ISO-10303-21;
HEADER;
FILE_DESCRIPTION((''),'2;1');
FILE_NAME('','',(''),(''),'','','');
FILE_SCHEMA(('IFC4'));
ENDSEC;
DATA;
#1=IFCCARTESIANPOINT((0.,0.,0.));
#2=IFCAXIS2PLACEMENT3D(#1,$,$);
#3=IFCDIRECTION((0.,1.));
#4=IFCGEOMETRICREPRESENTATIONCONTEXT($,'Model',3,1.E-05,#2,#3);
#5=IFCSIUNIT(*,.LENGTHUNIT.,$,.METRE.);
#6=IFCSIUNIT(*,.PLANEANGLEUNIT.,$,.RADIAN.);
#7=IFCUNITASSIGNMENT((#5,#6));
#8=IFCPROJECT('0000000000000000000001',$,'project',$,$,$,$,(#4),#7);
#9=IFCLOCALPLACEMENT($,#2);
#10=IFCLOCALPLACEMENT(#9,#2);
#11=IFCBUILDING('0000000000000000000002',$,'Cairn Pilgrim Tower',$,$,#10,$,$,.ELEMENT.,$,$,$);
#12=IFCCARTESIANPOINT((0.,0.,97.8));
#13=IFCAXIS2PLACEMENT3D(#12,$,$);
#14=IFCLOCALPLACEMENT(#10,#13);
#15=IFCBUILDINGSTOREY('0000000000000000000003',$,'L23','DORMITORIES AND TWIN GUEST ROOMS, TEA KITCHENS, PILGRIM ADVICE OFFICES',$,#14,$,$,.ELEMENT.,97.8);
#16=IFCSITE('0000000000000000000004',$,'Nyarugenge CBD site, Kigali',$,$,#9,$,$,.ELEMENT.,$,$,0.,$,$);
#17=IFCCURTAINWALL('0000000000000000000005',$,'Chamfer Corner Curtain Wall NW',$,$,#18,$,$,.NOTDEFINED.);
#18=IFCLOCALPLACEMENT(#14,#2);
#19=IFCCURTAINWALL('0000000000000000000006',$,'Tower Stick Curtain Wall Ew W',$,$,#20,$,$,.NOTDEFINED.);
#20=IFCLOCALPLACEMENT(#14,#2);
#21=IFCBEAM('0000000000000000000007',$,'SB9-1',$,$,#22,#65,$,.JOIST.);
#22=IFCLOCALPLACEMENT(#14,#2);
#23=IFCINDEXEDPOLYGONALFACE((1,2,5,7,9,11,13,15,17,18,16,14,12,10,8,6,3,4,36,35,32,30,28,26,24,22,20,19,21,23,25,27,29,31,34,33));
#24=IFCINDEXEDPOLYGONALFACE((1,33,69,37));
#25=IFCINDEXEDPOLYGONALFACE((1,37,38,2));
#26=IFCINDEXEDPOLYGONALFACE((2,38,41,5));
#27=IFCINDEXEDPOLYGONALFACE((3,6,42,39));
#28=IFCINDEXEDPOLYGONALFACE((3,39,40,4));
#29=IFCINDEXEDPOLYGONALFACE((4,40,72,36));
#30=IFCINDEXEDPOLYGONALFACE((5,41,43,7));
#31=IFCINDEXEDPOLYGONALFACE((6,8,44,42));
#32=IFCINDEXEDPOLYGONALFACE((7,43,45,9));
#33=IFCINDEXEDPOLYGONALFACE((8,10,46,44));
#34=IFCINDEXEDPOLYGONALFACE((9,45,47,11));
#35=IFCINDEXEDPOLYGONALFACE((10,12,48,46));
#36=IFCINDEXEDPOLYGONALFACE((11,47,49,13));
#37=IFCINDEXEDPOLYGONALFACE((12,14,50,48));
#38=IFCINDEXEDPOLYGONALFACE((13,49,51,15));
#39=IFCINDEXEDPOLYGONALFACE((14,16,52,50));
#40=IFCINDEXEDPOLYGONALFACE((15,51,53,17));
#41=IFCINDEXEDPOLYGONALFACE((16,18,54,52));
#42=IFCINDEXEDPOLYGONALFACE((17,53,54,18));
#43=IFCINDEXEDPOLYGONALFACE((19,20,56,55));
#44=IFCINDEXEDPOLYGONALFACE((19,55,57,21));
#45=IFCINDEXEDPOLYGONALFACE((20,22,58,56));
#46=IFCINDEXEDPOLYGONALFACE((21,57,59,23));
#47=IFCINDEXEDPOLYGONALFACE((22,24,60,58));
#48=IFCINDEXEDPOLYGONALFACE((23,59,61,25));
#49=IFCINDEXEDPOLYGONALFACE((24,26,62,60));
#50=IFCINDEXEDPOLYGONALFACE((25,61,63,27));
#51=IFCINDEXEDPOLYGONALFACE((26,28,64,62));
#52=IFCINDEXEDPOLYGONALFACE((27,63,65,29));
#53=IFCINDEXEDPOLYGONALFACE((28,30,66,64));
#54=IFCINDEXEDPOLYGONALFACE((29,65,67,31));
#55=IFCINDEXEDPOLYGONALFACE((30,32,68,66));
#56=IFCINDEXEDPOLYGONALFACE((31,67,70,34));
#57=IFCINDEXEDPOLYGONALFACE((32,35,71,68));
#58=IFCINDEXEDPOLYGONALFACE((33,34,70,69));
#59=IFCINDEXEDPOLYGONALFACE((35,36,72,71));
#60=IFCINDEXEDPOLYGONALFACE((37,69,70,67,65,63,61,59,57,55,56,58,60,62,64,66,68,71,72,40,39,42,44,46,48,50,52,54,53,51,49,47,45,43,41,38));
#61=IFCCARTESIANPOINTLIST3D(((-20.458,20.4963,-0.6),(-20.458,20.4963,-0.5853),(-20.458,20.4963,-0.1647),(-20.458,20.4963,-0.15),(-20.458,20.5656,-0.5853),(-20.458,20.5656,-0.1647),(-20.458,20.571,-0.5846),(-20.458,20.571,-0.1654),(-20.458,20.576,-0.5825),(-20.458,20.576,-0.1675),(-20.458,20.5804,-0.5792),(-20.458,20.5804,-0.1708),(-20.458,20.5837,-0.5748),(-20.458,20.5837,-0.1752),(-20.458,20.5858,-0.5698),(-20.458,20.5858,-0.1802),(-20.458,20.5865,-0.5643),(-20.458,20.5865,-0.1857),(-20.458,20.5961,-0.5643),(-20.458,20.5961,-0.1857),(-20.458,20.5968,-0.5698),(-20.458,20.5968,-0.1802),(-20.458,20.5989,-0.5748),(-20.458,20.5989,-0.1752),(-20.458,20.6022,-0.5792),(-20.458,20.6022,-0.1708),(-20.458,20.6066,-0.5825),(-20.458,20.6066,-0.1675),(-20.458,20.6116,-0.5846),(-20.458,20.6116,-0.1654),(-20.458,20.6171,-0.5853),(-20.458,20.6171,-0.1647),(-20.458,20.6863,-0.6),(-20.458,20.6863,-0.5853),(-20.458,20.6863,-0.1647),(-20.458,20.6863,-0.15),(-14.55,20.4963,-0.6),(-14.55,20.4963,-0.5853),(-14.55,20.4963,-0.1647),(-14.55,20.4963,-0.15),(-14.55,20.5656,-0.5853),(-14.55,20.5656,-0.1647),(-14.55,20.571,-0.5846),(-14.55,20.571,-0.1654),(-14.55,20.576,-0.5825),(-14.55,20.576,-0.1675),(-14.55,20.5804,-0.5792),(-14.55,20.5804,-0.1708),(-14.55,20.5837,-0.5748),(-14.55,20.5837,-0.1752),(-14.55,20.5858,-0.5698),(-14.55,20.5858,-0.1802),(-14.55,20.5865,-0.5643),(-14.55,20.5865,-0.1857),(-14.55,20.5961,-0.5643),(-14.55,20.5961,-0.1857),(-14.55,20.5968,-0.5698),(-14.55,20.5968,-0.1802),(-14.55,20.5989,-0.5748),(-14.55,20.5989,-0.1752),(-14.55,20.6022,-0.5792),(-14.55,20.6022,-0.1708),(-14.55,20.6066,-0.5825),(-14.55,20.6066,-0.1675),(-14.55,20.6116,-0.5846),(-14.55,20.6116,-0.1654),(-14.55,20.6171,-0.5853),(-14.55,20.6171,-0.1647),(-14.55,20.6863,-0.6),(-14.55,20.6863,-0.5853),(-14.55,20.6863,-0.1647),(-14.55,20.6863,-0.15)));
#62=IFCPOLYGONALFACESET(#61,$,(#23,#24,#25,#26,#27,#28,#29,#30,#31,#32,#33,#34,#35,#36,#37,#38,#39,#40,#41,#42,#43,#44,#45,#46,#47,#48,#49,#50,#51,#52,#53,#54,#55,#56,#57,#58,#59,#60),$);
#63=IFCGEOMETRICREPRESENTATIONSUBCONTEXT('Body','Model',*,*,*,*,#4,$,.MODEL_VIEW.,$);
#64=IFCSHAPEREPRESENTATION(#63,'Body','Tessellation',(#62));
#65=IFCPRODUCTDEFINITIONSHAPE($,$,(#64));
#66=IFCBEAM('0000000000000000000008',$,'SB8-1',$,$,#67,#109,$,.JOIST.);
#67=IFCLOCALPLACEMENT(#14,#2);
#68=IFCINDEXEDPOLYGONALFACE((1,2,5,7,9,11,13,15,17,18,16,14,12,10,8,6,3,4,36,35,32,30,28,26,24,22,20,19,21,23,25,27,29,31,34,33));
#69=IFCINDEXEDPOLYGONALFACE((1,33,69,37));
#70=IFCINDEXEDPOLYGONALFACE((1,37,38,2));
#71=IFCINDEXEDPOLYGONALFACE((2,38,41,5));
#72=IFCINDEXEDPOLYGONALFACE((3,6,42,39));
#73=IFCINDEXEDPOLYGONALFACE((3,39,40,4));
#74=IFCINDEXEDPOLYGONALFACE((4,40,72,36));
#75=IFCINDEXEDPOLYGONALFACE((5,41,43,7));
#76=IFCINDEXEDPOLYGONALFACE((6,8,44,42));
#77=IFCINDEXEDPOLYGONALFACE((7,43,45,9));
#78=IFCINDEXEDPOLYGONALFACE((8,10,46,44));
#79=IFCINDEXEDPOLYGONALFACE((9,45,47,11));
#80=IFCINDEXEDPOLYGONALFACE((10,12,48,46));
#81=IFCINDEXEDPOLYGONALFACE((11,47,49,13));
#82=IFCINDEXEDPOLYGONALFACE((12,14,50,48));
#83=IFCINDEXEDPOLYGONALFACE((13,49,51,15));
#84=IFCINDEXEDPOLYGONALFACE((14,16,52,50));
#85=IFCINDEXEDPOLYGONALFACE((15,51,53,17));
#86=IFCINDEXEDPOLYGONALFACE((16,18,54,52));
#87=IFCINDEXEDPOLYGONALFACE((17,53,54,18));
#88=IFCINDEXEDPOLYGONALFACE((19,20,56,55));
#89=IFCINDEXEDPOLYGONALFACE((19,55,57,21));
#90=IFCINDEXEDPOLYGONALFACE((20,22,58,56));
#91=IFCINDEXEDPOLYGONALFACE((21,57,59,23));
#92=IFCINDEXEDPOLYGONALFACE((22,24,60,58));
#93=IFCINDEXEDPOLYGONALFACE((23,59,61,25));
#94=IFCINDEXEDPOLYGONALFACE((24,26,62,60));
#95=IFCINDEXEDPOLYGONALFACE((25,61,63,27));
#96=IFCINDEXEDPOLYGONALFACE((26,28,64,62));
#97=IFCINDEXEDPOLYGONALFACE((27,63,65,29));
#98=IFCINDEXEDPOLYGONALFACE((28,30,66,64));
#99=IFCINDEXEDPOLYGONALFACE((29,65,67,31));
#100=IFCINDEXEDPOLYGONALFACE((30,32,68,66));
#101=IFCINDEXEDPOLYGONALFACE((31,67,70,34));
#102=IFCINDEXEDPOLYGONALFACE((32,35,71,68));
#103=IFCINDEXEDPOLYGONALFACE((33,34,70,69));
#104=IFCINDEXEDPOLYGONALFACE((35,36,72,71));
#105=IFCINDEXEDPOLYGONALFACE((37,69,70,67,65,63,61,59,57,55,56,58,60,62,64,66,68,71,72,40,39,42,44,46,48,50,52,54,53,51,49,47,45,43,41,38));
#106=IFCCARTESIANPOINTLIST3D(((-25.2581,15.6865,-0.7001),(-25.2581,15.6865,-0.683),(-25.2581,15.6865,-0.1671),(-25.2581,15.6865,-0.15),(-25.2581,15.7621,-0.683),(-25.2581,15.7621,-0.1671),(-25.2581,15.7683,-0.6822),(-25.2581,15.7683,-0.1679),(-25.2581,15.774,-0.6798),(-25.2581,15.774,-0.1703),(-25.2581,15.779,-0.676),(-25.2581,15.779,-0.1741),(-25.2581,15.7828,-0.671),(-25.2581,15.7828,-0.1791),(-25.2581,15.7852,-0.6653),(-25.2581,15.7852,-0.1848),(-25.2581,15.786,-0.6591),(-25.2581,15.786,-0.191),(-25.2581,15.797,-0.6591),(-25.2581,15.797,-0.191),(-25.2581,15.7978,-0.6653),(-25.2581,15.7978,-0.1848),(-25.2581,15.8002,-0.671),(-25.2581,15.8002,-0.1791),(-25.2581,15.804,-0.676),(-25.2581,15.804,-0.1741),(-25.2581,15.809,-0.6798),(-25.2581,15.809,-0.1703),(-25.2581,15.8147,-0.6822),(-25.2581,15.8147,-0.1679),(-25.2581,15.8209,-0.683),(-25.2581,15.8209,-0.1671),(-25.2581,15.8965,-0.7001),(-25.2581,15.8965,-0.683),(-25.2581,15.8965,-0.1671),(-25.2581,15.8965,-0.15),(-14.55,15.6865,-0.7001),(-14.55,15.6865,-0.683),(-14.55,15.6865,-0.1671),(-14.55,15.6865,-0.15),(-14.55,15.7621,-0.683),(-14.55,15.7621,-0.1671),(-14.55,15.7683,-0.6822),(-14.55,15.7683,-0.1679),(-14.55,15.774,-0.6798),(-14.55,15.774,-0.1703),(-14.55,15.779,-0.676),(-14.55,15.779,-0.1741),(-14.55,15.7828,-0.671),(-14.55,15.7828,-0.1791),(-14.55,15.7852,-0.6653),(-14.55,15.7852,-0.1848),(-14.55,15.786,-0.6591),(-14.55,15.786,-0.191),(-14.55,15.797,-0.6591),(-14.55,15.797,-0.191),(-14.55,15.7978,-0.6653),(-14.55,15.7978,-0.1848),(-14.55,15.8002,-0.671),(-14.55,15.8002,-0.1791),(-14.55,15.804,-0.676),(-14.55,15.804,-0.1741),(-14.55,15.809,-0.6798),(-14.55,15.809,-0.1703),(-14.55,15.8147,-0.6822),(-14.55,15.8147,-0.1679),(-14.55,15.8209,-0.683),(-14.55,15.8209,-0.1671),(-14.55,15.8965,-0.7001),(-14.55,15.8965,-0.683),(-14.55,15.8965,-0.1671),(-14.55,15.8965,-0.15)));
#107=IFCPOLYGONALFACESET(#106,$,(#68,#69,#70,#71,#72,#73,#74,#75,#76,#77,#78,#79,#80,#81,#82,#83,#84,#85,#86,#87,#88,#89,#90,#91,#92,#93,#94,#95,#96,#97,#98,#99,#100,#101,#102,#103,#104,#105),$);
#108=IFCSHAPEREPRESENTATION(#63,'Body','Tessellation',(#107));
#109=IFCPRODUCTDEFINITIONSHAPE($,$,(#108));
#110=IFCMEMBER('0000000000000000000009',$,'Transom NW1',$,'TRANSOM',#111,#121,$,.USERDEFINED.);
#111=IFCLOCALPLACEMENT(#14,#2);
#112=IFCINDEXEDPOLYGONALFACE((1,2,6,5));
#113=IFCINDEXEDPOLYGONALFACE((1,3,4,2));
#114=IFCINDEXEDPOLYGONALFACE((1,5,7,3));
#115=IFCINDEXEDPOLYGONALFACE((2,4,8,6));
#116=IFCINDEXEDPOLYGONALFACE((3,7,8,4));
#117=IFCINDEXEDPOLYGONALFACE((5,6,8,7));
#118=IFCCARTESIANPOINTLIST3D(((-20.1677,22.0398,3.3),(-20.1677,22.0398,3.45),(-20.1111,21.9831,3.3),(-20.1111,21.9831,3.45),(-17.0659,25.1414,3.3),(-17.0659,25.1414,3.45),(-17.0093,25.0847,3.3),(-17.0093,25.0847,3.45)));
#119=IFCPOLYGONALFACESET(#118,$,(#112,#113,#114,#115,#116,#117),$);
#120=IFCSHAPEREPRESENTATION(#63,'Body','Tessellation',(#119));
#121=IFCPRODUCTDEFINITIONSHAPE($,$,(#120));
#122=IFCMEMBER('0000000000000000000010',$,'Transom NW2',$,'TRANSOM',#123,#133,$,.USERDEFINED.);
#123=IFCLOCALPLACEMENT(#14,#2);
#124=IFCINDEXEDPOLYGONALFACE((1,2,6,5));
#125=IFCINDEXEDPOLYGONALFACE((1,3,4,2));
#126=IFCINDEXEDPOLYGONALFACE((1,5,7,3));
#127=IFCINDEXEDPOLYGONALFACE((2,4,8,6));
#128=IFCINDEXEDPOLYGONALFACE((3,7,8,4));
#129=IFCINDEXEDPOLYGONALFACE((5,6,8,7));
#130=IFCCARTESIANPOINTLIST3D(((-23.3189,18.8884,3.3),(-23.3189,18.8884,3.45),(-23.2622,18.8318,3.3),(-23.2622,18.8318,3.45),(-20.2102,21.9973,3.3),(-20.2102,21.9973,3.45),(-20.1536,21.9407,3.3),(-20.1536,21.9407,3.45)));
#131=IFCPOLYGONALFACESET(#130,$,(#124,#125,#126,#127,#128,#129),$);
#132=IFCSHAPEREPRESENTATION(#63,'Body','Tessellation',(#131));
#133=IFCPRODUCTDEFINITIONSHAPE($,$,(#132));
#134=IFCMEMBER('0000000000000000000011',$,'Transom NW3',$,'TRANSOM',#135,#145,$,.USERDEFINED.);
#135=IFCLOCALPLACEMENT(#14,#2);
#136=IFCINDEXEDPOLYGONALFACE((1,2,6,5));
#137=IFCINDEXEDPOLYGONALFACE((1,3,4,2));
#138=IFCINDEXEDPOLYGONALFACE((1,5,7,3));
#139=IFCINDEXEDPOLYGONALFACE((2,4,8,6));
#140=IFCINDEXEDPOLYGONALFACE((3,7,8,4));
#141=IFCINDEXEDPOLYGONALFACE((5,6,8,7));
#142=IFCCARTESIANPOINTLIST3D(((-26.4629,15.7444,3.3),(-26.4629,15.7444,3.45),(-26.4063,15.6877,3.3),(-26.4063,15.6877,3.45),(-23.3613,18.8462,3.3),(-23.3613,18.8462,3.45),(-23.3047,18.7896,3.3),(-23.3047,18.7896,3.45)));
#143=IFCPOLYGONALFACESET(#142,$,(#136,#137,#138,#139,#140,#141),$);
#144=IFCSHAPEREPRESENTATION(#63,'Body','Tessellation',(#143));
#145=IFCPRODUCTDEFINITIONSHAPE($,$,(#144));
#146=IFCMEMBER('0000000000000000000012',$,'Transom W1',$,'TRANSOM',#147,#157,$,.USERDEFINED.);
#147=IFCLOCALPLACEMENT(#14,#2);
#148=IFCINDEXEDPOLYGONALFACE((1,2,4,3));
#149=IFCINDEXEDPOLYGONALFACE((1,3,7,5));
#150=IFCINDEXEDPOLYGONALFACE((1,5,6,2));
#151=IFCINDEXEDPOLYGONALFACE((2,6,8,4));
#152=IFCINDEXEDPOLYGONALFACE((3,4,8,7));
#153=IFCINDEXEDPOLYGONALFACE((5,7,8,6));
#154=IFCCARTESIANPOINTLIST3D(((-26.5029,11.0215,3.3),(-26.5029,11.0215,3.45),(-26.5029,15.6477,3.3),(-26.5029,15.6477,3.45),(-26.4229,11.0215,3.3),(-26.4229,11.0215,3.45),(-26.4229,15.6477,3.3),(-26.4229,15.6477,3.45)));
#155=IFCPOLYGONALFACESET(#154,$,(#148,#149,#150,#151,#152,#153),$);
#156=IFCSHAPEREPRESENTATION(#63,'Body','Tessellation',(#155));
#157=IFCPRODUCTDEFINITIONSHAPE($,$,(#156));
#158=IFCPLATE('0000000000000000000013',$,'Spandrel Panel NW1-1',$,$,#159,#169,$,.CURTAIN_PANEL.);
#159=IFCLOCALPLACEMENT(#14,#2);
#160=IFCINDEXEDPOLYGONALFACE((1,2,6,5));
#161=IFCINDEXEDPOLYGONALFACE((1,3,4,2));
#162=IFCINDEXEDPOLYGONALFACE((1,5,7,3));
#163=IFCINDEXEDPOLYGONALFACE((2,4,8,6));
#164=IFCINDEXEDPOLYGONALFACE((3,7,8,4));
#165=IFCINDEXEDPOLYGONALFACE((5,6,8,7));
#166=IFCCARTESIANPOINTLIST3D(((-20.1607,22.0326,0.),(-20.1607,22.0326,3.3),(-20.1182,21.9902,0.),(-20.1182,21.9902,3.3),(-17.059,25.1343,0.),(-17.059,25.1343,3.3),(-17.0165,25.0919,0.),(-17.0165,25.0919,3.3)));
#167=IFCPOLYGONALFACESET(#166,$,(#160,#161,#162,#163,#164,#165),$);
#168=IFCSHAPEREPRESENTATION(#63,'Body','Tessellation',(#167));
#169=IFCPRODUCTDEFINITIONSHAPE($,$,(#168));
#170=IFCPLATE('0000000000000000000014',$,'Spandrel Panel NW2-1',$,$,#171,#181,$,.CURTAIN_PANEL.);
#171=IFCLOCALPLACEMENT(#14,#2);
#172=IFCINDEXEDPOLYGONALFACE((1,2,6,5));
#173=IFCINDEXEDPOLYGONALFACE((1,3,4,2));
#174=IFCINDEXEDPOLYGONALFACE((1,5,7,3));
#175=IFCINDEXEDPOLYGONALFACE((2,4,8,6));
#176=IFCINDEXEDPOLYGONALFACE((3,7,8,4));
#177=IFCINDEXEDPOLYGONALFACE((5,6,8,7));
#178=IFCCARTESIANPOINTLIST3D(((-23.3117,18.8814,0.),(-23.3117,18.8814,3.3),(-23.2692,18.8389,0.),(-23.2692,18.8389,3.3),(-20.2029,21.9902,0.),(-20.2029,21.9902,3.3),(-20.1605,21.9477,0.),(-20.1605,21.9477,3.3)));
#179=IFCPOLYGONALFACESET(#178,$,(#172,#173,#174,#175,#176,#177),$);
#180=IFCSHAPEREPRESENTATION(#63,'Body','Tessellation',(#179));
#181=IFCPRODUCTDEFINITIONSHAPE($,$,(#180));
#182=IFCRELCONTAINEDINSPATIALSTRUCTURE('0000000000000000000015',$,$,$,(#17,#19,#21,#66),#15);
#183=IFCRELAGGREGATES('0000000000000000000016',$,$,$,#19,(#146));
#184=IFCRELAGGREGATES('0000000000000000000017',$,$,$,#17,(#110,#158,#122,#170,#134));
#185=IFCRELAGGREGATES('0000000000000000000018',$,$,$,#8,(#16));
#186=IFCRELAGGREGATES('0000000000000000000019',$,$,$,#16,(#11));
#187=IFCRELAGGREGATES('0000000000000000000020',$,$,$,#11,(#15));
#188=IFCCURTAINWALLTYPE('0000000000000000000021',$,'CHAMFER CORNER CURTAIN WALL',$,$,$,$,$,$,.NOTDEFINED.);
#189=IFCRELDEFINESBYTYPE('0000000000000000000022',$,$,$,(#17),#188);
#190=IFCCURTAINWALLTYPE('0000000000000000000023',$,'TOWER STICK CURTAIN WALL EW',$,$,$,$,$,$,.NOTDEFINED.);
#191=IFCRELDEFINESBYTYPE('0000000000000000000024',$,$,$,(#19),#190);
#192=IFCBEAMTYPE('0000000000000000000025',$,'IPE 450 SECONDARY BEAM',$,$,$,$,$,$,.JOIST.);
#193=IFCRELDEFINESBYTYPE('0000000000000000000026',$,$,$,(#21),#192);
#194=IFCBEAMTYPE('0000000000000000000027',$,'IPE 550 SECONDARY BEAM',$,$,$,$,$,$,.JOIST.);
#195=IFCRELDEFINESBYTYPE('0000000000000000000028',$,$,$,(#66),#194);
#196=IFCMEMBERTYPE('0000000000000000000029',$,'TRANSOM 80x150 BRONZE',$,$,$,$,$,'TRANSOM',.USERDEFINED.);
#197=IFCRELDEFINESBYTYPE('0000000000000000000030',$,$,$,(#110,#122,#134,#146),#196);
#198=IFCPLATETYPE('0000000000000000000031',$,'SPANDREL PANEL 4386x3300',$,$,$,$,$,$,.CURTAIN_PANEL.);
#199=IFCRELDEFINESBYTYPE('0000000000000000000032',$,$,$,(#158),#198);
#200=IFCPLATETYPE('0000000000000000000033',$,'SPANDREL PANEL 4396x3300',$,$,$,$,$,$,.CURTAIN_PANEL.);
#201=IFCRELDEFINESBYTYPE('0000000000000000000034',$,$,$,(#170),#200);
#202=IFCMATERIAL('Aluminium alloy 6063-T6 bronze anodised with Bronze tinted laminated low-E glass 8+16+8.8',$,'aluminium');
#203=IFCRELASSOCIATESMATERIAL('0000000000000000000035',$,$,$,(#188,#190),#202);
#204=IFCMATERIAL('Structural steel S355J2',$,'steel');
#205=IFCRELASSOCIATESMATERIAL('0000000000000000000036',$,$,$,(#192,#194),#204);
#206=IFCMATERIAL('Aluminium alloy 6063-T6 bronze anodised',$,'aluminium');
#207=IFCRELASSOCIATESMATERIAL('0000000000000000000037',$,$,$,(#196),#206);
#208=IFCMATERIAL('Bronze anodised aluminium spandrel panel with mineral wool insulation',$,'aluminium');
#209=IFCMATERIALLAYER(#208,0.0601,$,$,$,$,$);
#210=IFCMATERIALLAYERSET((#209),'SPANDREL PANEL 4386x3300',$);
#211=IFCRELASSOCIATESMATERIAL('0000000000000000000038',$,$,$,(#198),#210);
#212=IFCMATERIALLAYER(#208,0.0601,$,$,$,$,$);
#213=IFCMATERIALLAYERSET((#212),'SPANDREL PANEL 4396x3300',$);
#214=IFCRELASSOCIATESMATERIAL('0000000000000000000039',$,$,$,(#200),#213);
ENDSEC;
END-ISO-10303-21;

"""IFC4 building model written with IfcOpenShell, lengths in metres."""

from ifc_helpers import new_model, si_unit, direction, frame, origin, origin_2d, place, context, subcontext, project, spatial, rectangle, i_section, extrude, material, layer, layer_set, material_profile, profile_set, type_object, element, aggregate, save


model = new_model("IFC4")

# Units and contexts
model_context = context("Model", 3, precision=1e-05, world=origin(), true_north=direction((0.0, 1.0)))
body_context = subcontext(model_context, "Body", "Model", "MODEL_VIEW")
ifc_project = project(units=[si_unit("LENGTHUNIT", "METRE"), si_unit("PLANEANGLEUNIT", "RADIAN")], contexts=[model_context])

# Site, building, storey
site_placement = place(None, origin())
site = spatial("IfcSite", under=ifc_project, at=site_placement, Name="Nyarugenge CBD site, Kigali", CompositionType="ELEMENT", RefElevation=0.0)
building_placement = place(site_placement, origin())
building = spatial("IfcBuilding", under=site, at=building_placement, Name="Cairn Pilgrim Tower", CompositionType="ELEMENT")
storey_placement = place(building_placement, frame((0.0, 0.0, 97.8)))
storey = spatial("IfcBuildingStorey", under=building, at=storey_placement, Name="L23", Description="DORMITORIES AND TWIN GUEST ROOMS, TEA KITCHENS, PILGRIM ADVICE OFFICES", CompositionType="ELEMENT", Elevation=97.8)

# Shared definitions
ifc_material_1 = material(Name="Structural steel S355J2", Category="steel")

# Curtain wall
ifc_material_2 = material(Name="Aluminium alloy 6063-T6 bronze anodised with Bronze tinted laminated low-E glass 8+16+8.8", Category="aluminium")
curtain_wall_type_1 = type_object("IfcCurtainWallType", Name="CHAMFER CORNER CURTAIN WALL", PredefinedType="NOTDEFINED", material=ifc_material_2)
curtain_wall_1_placement = place(storey_placement, origin())
curtain_wall_1 = element("IfcCurtainWall", 1, at=curtain_wall_1_placement, inside=storey, type_object=curtain_wall_type_1, Name="Chamfer Corner Curtain Wall NW", PredefinedType="NOTDEFINED")
ifc_material_3 = material(Name="Aluminium alloy 6063-T6 bronze anodised", Category="aluminium")

# Curtain wall
curtain_wall_type_2 = type_object("IfcCurtainWallType", Name="TOWER STICK CURTAIN WALL EW", PredefinedType="NOTDEFINED", material=ifc_material_2)
curtain_wall_2_placement = place(storey_placement, origin())
curtain_wall_2 = element("IfcCurtainWall", 2, at=curtain_wall_2_placement, inside=storey, type_object=curtain_wall_type_2, Name="Tower Stick Curtain Wall Ew W", PredefinedType="NOTDEFINED")

# Beams
ifc_material_profile_1 = material_profile(ifc_material_1, i_section(OverallWidth=0.1899, OverallDepth=0.45, WebThickness=0.0095, FlangeThickness=0.0146, FilletRadius=0.021, at=origin_2d()), Name="IPE 450")
ifc_profile_set_1 = profile_set([ifc_material_profile_1], Name="Structural steel S355J2")
beam_type_1 = type_object("IfcBeamType", Name="IPE 450 SECONDARY BEAM", PredefinedType="JOIST", material=ifc_profile_set_1)
beam_1_placement = place(storey_placement, frame((-20.458, 20.5913, -0.375), z_axis=(1.0, 0.0, 0.0), x_axis=(0.0, 1.0, 0.0)))
element("IfcBeam", 3, at=beam_1_placement, inside=storey, type_object=beam_type_1, Name="SB9-1", PredefinedType="JOIST", context=body_context, shape_type="SweptSolid", body=[
    extrude(i_section(OverallWidth=0.1899, OverallDepth=0.45, WebThickness=0.0095, FlangeThickness=0.0146, FilletRadius=0.021, at=origin_2d()), origin(), (0.0, 0.0, 1.0), 5.908),
])
ifc_material_profile_2 = material_profile(ifc_material_1, i_section(OverallWidth=0.21, OverallDepth=0.55, WebThickness=0.011, FlangeThickness=0.0171, FilletRadius=0.0239, at=origin_2d()), Name="IPE 550")
ifc_profile_set_2 = profile_set([ifc_material_profile_2], Name="Structural steel S355J2")
beam_type_2 = type_object("IfcBeamType", Name="IPE 550 SECONDARY BEAM", PredefinedType="JOIST", material=ifc_profile_set_2)
beam_2_placement = place(storey_placement, frame((-25.2581, 15.7915, -0.425), z_axis=(1.0, 0.0, 0.0), x_axis=(0.0, 1.0, 0.0)))
element("IfcBeam", 4, at=beam_2_placement, inside=storey, type_object=beam_type_2, Name="SB8-1", PredefinedType="JOIST", context=body_context, shape_type="SweptSolid", body=[
    extrude(i_section(OverallWidth=0.21, OverallDepth=0.55, WebThickness=0.011, FlangeThickness=0.0171, FilletRadius=0.0239, at=origin_2d()), origin(), (0.0, 0.0, 1.0), 10.708),
])

# Members
ifc_material_profile_3 = material_profile(ifc_material_3, rectangle(XDim=0.0801, YDim=0.1499, at=origin_2d()), Name="TRANSOM 80x150 BRONZE")
ifc_profile_set_3 = profile_set([ifc_material_profile_3], Name="Aluminium alloy 6063-T6 bronze anodised")
member_type_1 = type_object("IfcMemberType", Name="TRANSOM 80x150 BRONZE", ElementType="TRANSOM", PredefinedType="USERDEFINED", material=ifc_profile_set_3)
member_1_placement = place(storey_placement, frame((-17.0376, 25.113, 3.375), z_axis=(-0.707135, -0.707079, 0.0), x_axis=(0.707079, -0.707135, 0.0)))
member_1 = element("IfcMember", 5, at=member_1_placement, type_object=member_type_1, Name="Transom NW1", ObjectType="TRANSOM", PredefinedType="USERDEFINED", context=body_context, shape_type="SweptSolid", body=[
    extrude(rectangle(XDim=0.0801, YDim=0.1499, at=origin_2d()), origin(), (0.0, 0.0, 1.0), 4.3865),
])
member_2_placement = place(storey_placement, frame((-20.1819, 21.969, 3.375), z_axis=(-0.707079, -0.707135, 0.0), x_axis=(0.707135, -0.707079, 0.0)))
member_2 = element("IfcMember", 6, at=member_2_placement, type_object=member_type_1, Name="Transom NW2", ObjectType="TRANSOM", PredefinedType="USERDEFINED", context=body_context, shape_type="SweptSolid", body=[
    extrude(rectangle(XDim=0.0801, YDim=0.1499, at=origin_2d()), origin(), (0.0, 0.0, 1.0), 4.3965),
])
member_3_placement = place(storey_placement, frame((-23.333, 18.8179, 3.375), z_axis=(-0.707079, -0.707135, 0.0), x_axis=(0.707135, -0.707079, 0.0)))
member_3 = element("IfcMember", 7, at=member_3_placement, type_object=member_type_1, Name="Transom NW3", ObjectType="TRANSOM", PredefinedType="USERDEFINED", context=body_context, shape_type="SweptSolid", body=[
    extrude(rectangle(XDim=0.0801, YDim=0.1499, at=origin_2d()), origin(), (0.0, 0.0, 1.0), 4.3865),
])
member_4_placement = place(storey_placement, frame((-26.4629, 15.6477, 3.375), z_axis=(0.0, -1.0, 0.0), x_axis=(1.0, 0.0, 0.0)))
member_4 = element("IfcMember", 8, at=member_4_placement, type_object=member_type_1, Name="Transom W1", ObjectType="TRANSOM", PredefinedType="USERDEFINED", context=body_context, shape_type="SweptSolid", body=[
    extrude(rectangle(XDim=0.0801, YDim=0.1499, at=origin_2d()), origin(), (0.0, 0.0, 1.0), 4.6262),
])
aggregate(curtain_wall_2, [member_4])

# Plates
ifc_material_4 = material(Name="Bronze anodised aluminium spandrel panel with mineral wool insulation", Category="aluminium")
ifc_layer_1 = layer(ifc_material_4, 0.0601)
ifc_layer_set_1 = layer_set([ifc_layer_1], Name="SPANDREL PANEL 4386x3300")
plate_type_1 = type_object("IfcPlateType", Name="SPANDREL PANEL 4386x3300", PredefinedType="CURTAIN_PANEL", material=ifc_layer_set_1)
plate_1_placement = place(storey_placement, frame((-18.5886, 23.5623, 0.0), z_axis=(0.0, 0.0, 1.0), x_axis=(-0.707107, -0.707107, 0.0)))
plate_1 = element("IfcPlate", 9, at=plate_1_placement, type_object=plate_type_1, Name="Spandrel Panel NW1-1", PredefinedType="CURTAIN_PANEL", context=body_context, shape_type="SweptSolid", body=[
    extrude(rectangle(XDim=4.3865, YDim=0.0601, at=origin_2d()), origin(), (0.0, 0.0, 1.0), 3.3),
])
ifc_layer_2 = layer(ifc_material_4, 0.0601)
ifc_layer_set_2 = layer_set([ifc_layer_2], Name="SPANDREL PANEL 4396x3300")
plate_type_2 = type_object("IfcPlateType", Name="SPANDREL PANEL 4396x3300", PredefinedType="CURTAIN_PANEL", material=ifc_layer_set_2)
plate_2_placement = place(storey_placement, frame((-21.7361, 20.4146, 0.0), z_axis=(0.0, 0.0, 1.0), x_axis=(-0.707107, -0.707107, 0.0)))
plate_2 = element("IfcPlate", 10, at=plate_2_placement, type_object=plate_type_2, Name="Spandrel Panel NW2-1", PredefinedType="CURTAIN_PANEL", context=body_context, shape_type="SweptSolid", body=[
    extrude(rectangle(XDim=4.3965, YDim=0.0601, at=origin_2d()), origin(), (0.0, 0.0, 1.0), 3.3),
])

aggregate(curtain_wall_1, [member_1, plate_1, member_2, plate_2, member_3])

save(model, "model.ifc")
